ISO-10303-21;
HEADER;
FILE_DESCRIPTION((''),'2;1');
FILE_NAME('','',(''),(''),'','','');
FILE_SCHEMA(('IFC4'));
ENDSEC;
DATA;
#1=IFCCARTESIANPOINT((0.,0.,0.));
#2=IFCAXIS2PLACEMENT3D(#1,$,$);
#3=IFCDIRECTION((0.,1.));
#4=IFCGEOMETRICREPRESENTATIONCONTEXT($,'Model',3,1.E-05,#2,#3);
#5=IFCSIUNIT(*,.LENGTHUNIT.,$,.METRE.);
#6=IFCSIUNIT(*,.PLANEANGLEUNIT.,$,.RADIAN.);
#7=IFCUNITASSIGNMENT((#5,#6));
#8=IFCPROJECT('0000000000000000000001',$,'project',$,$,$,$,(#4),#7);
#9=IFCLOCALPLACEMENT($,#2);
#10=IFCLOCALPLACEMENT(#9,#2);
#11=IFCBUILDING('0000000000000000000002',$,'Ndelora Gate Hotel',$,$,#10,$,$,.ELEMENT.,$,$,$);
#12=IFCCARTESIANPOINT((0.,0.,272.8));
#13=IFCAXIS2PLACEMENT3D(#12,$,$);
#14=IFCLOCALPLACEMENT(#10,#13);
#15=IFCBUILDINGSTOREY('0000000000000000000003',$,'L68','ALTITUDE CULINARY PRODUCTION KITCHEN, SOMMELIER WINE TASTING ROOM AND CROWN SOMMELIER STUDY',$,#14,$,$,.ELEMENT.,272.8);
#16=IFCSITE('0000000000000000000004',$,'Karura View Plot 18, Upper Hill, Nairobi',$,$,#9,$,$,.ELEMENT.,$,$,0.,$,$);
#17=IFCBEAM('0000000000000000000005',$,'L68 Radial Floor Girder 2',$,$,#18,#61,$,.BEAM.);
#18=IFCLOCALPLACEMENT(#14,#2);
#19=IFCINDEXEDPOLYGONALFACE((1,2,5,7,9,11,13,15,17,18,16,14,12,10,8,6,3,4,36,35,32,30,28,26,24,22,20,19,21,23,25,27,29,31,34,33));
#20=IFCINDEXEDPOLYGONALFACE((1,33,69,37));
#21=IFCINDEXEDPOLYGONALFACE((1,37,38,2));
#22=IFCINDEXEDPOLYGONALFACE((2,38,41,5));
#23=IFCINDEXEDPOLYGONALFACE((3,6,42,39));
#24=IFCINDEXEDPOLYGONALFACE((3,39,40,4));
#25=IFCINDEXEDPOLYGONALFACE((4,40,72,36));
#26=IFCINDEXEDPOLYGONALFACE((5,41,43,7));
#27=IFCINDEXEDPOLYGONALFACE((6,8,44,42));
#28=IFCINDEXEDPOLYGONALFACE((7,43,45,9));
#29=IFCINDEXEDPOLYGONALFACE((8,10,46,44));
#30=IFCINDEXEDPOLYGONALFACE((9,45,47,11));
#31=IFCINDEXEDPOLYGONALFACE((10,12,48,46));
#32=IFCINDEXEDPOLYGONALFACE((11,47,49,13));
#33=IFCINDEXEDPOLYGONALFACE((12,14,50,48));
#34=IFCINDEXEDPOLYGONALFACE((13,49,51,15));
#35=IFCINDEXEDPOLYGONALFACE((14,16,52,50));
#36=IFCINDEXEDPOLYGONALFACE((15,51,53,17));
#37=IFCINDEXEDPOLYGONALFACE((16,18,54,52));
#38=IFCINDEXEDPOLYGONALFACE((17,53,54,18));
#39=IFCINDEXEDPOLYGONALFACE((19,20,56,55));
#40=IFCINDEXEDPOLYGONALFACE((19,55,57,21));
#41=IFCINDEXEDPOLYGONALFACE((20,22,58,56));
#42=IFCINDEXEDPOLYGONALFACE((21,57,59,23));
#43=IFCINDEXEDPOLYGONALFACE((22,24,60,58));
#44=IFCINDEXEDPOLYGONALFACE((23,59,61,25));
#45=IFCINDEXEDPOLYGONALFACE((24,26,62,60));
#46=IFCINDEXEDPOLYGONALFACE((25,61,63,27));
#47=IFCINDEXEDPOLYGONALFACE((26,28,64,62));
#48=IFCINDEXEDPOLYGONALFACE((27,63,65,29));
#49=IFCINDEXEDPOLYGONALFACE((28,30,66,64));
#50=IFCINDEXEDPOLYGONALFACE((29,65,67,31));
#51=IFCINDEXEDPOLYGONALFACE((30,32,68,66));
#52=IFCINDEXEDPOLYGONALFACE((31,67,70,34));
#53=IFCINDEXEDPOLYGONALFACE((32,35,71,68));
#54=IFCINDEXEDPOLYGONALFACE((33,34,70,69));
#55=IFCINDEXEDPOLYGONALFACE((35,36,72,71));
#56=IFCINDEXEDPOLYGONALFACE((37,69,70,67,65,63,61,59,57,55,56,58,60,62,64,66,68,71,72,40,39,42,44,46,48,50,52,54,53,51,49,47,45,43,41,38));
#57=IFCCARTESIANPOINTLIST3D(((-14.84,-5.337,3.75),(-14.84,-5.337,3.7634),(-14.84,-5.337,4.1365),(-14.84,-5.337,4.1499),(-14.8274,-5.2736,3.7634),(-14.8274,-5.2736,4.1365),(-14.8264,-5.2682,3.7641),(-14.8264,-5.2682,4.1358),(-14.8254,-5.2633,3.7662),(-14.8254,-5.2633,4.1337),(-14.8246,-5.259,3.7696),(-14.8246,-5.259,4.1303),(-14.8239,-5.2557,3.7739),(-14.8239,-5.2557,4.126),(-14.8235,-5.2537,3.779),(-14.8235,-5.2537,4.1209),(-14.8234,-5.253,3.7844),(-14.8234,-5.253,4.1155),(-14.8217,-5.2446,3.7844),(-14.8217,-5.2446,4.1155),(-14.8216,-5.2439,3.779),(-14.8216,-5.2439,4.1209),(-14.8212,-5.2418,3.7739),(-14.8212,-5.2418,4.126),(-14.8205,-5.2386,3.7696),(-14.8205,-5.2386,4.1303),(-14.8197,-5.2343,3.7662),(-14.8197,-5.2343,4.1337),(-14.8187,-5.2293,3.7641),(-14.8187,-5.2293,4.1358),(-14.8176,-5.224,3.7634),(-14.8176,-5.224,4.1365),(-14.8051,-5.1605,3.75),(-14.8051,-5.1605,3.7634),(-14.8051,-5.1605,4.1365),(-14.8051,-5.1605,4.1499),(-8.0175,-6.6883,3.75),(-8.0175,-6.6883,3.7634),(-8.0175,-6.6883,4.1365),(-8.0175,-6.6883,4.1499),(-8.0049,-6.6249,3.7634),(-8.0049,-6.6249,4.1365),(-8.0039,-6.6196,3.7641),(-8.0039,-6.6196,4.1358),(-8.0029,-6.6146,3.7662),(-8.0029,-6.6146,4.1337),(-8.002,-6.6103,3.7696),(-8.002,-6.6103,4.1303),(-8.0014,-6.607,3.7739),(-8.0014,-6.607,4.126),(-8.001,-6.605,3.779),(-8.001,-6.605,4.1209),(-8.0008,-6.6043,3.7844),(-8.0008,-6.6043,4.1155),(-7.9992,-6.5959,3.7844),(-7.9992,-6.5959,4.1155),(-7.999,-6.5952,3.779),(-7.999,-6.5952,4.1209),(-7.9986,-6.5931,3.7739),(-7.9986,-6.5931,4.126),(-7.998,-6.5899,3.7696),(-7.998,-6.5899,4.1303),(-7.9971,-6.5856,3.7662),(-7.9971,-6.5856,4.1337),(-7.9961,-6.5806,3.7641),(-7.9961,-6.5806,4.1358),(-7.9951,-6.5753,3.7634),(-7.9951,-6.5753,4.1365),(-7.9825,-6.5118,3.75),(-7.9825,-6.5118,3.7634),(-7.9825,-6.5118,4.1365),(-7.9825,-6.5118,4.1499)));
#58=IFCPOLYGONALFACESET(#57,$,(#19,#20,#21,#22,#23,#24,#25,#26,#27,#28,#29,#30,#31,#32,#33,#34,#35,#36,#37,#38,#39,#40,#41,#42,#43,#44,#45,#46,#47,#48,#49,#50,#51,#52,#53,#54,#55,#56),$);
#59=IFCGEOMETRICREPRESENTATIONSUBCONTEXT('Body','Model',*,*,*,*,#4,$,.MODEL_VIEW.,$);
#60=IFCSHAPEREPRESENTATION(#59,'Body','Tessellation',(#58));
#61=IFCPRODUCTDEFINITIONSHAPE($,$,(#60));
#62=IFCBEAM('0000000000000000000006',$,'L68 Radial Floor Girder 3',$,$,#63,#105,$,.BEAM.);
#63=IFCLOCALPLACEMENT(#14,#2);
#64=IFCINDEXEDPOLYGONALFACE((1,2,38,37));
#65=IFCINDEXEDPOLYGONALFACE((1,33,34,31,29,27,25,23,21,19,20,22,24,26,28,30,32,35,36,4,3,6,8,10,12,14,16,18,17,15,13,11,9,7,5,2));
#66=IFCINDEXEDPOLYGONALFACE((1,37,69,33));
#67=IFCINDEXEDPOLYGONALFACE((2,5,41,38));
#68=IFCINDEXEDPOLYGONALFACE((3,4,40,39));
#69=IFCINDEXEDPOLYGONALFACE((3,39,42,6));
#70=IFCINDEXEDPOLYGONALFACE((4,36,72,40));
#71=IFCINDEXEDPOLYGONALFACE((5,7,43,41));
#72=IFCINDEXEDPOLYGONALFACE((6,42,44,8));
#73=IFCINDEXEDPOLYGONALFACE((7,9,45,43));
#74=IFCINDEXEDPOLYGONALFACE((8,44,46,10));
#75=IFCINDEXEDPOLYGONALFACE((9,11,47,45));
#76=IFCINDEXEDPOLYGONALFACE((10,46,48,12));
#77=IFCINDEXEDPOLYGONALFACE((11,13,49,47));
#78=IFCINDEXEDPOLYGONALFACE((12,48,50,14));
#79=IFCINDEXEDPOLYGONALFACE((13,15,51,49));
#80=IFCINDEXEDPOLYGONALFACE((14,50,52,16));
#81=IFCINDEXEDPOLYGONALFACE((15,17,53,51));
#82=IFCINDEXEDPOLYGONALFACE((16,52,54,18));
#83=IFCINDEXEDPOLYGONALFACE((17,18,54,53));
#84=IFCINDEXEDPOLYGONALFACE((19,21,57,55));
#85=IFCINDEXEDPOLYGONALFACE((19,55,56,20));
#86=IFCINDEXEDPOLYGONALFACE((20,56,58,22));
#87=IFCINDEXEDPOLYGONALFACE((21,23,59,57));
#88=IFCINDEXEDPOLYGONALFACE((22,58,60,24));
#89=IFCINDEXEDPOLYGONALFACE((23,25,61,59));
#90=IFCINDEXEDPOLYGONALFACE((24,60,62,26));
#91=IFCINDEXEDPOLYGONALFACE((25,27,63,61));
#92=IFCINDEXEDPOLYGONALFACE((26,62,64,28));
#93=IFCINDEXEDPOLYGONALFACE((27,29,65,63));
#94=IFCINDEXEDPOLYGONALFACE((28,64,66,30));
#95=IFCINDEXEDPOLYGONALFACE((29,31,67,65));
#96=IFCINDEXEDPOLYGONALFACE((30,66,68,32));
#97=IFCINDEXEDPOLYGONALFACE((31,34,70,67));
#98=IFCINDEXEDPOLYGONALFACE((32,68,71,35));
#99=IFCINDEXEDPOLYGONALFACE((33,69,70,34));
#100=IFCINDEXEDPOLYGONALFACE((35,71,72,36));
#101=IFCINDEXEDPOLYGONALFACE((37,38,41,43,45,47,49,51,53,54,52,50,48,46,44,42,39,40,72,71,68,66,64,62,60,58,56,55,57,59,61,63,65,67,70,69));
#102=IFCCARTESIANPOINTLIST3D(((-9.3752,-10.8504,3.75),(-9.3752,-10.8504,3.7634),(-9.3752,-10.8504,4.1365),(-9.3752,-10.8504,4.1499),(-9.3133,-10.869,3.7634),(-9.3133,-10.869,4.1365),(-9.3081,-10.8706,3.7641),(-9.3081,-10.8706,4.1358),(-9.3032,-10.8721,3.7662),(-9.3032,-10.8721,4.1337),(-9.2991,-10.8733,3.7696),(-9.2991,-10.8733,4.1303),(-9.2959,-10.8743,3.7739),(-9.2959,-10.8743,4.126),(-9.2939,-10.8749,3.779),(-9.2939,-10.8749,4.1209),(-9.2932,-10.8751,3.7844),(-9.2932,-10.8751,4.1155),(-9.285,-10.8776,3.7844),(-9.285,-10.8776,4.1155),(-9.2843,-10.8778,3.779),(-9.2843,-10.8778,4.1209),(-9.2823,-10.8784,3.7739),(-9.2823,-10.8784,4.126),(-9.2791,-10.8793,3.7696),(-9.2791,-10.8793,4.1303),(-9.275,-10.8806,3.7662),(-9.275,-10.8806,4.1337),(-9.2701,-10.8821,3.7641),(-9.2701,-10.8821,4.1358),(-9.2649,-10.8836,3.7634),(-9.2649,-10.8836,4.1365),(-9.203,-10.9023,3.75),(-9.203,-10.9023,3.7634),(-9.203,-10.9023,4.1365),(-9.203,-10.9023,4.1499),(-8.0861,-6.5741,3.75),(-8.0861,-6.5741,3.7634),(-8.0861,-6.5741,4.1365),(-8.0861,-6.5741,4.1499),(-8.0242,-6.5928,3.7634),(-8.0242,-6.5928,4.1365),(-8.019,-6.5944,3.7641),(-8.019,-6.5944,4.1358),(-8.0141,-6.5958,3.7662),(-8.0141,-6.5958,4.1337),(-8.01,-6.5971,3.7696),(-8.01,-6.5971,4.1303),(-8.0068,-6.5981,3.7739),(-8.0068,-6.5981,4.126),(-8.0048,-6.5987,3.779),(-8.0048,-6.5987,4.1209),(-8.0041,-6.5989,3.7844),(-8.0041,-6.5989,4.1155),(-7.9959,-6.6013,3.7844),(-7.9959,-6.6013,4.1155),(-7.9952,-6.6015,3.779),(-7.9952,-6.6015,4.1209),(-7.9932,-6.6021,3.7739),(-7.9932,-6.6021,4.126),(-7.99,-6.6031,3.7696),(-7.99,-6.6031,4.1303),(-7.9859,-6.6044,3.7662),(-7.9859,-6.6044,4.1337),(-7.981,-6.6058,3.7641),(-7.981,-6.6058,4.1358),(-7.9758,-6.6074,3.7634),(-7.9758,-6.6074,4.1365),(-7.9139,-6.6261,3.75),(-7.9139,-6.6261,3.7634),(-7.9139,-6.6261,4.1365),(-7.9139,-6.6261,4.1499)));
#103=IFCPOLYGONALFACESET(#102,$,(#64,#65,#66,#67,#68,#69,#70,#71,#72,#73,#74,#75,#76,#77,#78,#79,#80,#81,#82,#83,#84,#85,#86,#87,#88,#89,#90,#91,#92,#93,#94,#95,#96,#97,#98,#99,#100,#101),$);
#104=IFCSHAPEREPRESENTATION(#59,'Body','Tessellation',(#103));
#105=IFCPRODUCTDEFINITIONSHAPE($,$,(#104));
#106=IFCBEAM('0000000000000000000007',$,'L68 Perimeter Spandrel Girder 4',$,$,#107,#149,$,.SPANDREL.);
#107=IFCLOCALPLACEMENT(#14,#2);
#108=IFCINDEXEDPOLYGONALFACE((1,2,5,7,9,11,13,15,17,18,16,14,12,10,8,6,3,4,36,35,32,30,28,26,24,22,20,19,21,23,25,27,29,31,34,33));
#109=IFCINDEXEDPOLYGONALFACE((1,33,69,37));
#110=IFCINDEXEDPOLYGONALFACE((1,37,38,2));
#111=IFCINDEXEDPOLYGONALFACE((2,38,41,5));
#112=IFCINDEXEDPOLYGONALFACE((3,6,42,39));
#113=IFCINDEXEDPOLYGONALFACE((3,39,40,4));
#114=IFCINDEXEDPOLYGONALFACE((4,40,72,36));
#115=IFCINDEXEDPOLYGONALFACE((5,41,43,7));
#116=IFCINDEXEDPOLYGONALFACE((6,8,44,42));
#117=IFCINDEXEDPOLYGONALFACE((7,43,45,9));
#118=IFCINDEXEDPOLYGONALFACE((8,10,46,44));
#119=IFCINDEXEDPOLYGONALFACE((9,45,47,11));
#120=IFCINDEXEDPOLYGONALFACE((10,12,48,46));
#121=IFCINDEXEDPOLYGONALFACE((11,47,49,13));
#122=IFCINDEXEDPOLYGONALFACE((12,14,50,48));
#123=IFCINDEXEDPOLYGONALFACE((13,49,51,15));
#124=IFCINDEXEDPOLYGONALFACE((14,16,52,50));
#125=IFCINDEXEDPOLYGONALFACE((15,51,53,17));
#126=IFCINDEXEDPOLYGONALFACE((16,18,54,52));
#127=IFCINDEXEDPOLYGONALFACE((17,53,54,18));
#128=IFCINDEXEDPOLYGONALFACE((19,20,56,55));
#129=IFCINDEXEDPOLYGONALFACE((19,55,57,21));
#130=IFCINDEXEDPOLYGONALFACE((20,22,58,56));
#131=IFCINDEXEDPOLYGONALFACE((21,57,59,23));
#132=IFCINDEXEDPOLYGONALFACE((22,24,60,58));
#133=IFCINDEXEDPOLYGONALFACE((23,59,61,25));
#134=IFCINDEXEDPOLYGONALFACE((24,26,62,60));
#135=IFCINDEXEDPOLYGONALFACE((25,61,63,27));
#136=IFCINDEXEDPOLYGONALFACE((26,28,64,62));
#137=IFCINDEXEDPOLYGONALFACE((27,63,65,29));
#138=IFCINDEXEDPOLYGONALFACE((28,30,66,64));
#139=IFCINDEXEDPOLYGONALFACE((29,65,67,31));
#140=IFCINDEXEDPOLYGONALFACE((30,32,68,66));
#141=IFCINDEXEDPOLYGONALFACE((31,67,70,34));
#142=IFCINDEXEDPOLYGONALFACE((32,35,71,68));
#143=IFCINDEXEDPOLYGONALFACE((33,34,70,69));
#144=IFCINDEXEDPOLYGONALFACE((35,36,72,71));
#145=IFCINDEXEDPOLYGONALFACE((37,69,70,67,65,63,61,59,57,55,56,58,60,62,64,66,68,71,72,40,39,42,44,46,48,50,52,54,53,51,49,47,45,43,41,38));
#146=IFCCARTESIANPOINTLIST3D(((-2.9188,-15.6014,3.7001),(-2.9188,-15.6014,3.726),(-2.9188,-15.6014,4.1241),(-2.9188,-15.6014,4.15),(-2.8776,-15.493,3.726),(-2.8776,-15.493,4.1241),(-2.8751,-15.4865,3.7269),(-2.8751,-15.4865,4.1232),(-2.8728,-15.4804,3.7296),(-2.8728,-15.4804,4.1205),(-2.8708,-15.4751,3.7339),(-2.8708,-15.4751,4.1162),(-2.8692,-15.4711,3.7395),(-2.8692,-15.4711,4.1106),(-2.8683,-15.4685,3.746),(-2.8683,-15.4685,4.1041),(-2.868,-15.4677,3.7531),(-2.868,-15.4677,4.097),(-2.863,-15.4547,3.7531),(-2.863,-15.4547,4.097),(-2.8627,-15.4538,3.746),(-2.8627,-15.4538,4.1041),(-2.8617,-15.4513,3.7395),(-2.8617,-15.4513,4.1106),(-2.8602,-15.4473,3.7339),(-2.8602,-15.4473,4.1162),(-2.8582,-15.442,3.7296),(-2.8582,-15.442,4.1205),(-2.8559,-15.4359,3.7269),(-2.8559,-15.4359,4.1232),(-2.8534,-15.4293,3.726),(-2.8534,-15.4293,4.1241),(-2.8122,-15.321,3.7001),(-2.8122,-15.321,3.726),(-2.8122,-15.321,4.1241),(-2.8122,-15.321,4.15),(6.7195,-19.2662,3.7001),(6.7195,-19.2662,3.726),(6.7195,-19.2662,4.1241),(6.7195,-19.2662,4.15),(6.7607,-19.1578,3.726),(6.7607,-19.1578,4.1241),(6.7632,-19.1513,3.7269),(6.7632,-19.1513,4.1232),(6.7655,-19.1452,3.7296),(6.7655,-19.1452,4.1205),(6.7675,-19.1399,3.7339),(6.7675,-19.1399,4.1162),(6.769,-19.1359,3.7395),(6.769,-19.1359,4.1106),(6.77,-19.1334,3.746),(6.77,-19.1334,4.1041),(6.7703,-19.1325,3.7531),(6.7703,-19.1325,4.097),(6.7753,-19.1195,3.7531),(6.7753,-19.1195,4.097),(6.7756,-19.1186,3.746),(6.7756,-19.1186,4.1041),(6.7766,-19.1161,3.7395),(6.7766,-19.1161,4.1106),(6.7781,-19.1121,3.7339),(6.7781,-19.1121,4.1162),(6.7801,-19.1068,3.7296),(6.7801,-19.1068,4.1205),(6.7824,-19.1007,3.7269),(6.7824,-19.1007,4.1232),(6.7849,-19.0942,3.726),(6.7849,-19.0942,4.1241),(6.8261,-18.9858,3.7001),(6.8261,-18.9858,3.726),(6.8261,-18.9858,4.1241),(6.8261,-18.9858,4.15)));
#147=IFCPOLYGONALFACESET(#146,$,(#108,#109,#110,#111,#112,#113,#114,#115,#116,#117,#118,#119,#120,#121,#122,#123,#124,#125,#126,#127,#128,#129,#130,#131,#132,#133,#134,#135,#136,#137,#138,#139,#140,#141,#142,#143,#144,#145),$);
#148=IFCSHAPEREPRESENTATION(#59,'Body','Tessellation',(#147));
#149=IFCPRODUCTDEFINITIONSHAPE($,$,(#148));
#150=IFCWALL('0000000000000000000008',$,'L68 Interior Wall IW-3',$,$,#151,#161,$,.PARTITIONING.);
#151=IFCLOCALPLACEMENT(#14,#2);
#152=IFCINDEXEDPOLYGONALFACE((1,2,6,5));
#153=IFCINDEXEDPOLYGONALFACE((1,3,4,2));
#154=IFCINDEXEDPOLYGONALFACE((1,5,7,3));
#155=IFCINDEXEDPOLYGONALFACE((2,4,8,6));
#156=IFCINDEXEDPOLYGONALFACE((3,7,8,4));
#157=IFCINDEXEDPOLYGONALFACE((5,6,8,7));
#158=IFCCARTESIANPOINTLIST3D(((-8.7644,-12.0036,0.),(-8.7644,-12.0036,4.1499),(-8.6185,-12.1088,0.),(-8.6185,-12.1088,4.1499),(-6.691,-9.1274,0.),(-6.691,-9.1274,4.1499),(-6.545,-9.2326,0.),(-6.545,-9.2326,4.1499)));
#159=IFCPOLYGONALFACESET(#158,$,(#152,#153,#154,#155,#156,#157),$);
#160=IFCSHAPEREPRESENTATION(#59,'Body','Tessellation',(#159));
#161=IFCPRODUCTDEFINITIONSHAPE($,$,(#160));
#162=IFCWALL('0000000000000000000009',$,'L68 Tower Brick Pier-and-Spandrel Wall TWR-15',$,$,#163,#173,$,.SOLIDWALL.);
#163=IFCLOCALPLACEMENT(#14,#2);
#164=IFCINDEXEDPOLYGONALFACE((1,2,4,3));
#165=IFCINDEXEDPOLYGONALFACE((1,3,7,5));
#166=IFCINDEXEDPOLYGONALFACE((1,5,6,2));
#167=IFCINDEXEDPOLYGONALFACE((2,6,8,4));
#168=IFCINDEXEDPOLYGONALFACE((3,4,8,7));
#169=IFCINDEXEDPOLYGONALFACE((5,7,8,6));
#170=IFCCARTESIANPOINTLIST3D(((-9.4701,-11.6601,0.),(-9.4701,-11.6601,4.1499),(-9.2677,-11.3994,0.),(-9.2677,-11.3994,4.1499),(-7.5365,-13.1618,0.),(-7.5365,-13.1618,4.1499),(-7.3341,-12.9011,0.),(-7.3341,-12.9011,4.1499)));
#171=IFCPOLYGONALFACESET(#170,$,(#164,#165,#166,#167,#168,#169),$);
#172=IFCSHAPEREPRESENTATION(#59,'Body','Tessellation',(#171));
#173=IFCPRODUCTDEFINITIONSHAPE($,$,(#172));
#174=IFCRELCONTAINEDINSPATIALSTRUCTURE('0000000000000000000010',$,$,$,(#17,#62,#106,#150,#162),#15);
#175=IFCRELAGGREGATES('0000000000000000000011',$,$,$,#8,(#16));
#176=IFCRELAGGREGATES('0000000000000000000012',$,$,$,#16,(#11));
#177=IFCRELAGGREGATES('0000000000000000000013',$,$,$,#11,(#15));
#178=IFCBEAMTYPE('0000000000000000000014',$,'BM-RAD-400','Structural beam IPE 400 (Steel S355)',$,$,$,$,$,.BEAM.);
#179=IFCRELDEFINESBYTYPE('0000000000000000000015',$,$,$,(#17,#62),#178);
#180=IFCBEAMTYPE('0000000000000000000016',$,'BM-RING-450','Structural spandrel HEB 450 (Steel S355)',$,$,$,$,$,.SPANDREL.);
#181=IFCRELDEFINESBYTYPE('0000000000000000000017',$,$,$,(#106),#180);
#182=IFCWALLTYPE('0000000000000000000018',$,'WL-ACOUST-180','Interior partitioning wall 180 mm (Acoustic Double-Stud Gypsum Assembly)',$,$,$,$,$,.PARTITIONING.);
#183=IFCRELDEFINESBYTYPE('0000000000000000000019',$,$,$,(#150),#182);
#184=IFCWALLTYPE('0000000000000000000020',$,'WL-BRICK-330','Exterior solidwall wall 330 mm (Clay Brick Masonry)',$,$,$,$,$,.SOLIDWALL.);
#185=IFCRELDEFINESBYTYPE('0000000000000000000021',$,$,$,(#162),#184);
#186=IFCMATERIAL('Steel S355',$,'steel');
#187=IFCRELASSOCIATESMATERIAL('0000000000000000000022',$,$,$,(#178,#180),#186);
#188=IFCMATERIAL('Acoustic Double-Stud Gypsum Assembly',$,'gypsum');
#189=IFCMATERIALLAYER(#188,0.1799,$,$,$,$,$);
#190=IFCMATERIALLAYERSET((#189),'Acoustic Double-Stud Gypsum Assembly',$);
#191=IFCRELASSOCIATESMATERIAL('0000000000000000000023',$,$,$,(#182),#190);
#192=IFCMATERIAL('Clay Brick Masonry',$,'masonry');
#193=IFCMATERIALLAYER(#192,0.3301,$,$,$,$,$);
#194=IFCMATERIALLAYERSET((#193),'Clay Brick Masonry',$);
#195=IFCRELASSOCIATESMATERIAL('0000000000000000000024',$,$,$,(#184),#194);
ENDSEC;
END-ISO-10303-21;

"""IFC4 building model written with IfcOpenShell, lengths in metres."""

from ifc_helpers import new_model, si_unit, direction, frame, frame_2d, origin, origin_2d, place, context, subcontext, project, spatial, rectangle, i_section, extrude, material, layer, layer_set, material_profile, profile_set, type_object, element, save


model = new_model("IFC4")

# Units and contexts
model_context = context("Model", 3, precision=1e-05, world=origin(), true_north=direction((0.0, 1.0)))
body_context = subcontext(model_context, "Body", "Model", "MODEL_VIEW")
ifc_project = project(units=[si_unit("LENGTHUNIT", "METRE"), si_unit("PLANEANGLEUNIT", "RADIAN")], contexts=[model_context])

# Site, building, storey
site_placement = place(None, origin())
site = spatial("IfcSite", under=ifc_project, at=site_placement, Name="Karura View Plot 18, Upper Hill, Nairobi", CompositionType="ELEMENT", RefElevation=0.0)
building_placement = place(site_placement, origin())
building = spatial("IfcBuilding", under=site, at=building_placement, Name="Ndelora Gate Hotel", CompositionType="ELEMENT")
storey_placement = place(building_placement, frame((0.0, 0.0, 272.8)))
storey = spatial("IfcBuildingStorey", under=building, at=storey_placement, Name="L68", Description="ALTITUDE CULINARY PRODUCTION KITCHEN, SOMMELIER WINE TASTING ROOM AND CROWN SOMMELIER STUDY", CompositionType="ELEMENT", Elevation=272.8)

# Beams
ifc_material_1 = material(Name="Steel S355", Category="steel")
ifc_material_profile_1 = material_profile(ifc_material_1, i_section(OverallWidth=0.1799, OverallDepth=0.3999, WebThickness=0.0085, FlangeThickness=0.0134, FilletRadius=0.021, at=origin_2d()), Name="IPE 400")
ifc_profile_set_1 = profile_set([ifc_material_profile_1], Name="Steel S355")
beam_type_1 = type_object("IfcBeamType", Name="BM-RAD-400", Description="Structural beam IPE 400 (Steel S355)", PredefinedType="BEAM", material=ifc_profile_set_1)
beam_1_placement = place(storey_placement, frame((-8.0, -6.6001, 3.95), z_axis=(-0.980944, 0.194293, 0.0), x_axis=(-0.194293, -0.980944, 0.0)))
element("IfcBeam", 1, at=beam_1_placement, inside=storey, type_object=beam_type_1, Name="L68 Radial Floor Girder 2", PredefinedType="BEAM", context=body_context, shape_type="SweptSolid", body=[
    extrude(i_section(OverallWidth=0.1799, OverallDepth=0.3999, WebThickness=0.0085, FlangeThickness=0.0134, FilletRadius=0.021, at=origin_2d()), origin(), (0.0, 0.0, 1.0), 6.9551),
])
beam_2_placement = place(storey_placement, frame((-8.0, -6.6001, 3.95), z_axis=(-0.288626, -0.957442, 0.0), x_axis=(0.957442, -0.288626, 0.0)))
element("IfcBeam", 2, at=beam_2_placement, inside=storey, type_object=beam_type_1, Name="L68 Radial Floor Girder 3", PredefinedType="BEAM", context=body_context, shape_type="SweptSolid", body=[
    extrude(i_section(OverallWidth=0.1799, OverallDepth=0.3999, WebThickness=0.0085, FlangeThickness=0.0134, FilletRadius=0.021, at=origin_2d()), origin(), (0.0, 0.0, 1.0), 4.4663),
])
ifc_material_profile_2 = material_profile(ifc_material_1, i_section(OverallWidth=0.3, OverallDepth=0.45, WebThickness=0.0139, FlangeThickness=0.0259, FilletRadius=0.0271, at=origin_2d()), Name="HEB 450")
ifc_profile_set_2 = profile_set([ifc_material_profile_2], Name="Steel S355")
beam_type_2 = type_object("IfcBeamType", Name="BM-RING-450", Description="Structural spandrel HEB 450 (Steel S355)", PredefinedType="SPANDREL", material=ifc_profile_set_2)
beam_3_placement = place(storey_placement, frame((-2.8655, -15.4612, 3.925), z_axis=(0.93471, -0.355411, 0.0), x_axis=(0.355411, 0.93471, 0.0)))
element("IfcBeam", 3, at=beam_3_placement, inside=storey, type_object=beam_type_2, Name="L68 Perimeter Spandrel Girder 4", PredefinedType="SPANDREL", context=body_context, shape_type="SweptSolid", body=[
    extrude(i_section(OverallWidth=0.3, OverallDepth=0.45, WebThickness=0.0139, FlangeThickness=0.0259, FilletRadius=0.0271, at=origin_2d()), origin(), (0.0, 0.0, 1.0), 10.3115),
])

# Walls
ifc_material_2 = material(Name="Acoustic Double-Stud Gypsum Assembly", Category="gypsum")
ifc_layer_1 = layer(ifc_material_2, 0.1799)
ifc_layer_set_1 = layer_set([ifc_layer_1], Name="Acoustic Double-Stud Gypsum Assembly")
wall_type_1 = type_object("IfcWallType", Name="WL-ACOUST-180", Description="Interior partitioning wall 180 mm (Acoustic Double-Stud Gypsum Assembly)", PredefinedType="PARTITIONING", material=ifc_layer_set_1)
wall_1_placement = place(storey_placement, frame((-6.6179, -9.1799, 0.0), z_axis=(0.0, 0.0, 1.0), x_axis=(-0.584789, -0.811185, 0.0)))
element("IfcWall", 4, at=wall_1_placement, inside=storey, type_object=wall_type_1, Name="L68 Interior Wall IW-3", PredefinedType="PARTITIONING", context=body_context, shape_type="SweptSolid", body=[
    extrude(rectangle(XDim=3.5457, YDim=0.1799, at=frame_2d((1.7729, 0.0))), origin(), (0.0, 0.0, 1.0), 4.1499),
])
ifc_material_3 = material(Name="Clay Brick Masonry", Category="masonry")
ifc_layer_2 = layer(ifc_material_3, 0.3301)
ifc_layer_set_2 = layer_set([ifc_layer_2], Name="Clay Brick Masonry")
wall_type_2 = type_object("IfcWallType", Name="WL-BRICK-330", Description="Exterior solidwall wall 330 mm (Clay Brick Masonry)", PredefinedType="SOLIDWALL", material=ifc_layer_set_2)
wall_2_placement = place(storey_placement, frame((-7.4353, -13.0315, 0.0), z_axis=(0.0, 0.0, 1.0), x_axis=(-0.789787, 0.613381, 0.0)))
element("IfcWall", 5, at=wall_2_placement, inside=storey, type_object=wall_type_2, Name="L68 Tower Brick Pier-and-Spandrel Wall TWR-15", PredefinedType="SOLIDWALL", context=body_context, shape_type="SweptSolid", body=[
    extrude(rectangle(XDim=2.4482, YDim=0.3301, at=frame_2d((1.2241, 0.0))), origin(), (0.0, 0.0, 1.0), 4.1499),
])

save(model, "model.ifc")
